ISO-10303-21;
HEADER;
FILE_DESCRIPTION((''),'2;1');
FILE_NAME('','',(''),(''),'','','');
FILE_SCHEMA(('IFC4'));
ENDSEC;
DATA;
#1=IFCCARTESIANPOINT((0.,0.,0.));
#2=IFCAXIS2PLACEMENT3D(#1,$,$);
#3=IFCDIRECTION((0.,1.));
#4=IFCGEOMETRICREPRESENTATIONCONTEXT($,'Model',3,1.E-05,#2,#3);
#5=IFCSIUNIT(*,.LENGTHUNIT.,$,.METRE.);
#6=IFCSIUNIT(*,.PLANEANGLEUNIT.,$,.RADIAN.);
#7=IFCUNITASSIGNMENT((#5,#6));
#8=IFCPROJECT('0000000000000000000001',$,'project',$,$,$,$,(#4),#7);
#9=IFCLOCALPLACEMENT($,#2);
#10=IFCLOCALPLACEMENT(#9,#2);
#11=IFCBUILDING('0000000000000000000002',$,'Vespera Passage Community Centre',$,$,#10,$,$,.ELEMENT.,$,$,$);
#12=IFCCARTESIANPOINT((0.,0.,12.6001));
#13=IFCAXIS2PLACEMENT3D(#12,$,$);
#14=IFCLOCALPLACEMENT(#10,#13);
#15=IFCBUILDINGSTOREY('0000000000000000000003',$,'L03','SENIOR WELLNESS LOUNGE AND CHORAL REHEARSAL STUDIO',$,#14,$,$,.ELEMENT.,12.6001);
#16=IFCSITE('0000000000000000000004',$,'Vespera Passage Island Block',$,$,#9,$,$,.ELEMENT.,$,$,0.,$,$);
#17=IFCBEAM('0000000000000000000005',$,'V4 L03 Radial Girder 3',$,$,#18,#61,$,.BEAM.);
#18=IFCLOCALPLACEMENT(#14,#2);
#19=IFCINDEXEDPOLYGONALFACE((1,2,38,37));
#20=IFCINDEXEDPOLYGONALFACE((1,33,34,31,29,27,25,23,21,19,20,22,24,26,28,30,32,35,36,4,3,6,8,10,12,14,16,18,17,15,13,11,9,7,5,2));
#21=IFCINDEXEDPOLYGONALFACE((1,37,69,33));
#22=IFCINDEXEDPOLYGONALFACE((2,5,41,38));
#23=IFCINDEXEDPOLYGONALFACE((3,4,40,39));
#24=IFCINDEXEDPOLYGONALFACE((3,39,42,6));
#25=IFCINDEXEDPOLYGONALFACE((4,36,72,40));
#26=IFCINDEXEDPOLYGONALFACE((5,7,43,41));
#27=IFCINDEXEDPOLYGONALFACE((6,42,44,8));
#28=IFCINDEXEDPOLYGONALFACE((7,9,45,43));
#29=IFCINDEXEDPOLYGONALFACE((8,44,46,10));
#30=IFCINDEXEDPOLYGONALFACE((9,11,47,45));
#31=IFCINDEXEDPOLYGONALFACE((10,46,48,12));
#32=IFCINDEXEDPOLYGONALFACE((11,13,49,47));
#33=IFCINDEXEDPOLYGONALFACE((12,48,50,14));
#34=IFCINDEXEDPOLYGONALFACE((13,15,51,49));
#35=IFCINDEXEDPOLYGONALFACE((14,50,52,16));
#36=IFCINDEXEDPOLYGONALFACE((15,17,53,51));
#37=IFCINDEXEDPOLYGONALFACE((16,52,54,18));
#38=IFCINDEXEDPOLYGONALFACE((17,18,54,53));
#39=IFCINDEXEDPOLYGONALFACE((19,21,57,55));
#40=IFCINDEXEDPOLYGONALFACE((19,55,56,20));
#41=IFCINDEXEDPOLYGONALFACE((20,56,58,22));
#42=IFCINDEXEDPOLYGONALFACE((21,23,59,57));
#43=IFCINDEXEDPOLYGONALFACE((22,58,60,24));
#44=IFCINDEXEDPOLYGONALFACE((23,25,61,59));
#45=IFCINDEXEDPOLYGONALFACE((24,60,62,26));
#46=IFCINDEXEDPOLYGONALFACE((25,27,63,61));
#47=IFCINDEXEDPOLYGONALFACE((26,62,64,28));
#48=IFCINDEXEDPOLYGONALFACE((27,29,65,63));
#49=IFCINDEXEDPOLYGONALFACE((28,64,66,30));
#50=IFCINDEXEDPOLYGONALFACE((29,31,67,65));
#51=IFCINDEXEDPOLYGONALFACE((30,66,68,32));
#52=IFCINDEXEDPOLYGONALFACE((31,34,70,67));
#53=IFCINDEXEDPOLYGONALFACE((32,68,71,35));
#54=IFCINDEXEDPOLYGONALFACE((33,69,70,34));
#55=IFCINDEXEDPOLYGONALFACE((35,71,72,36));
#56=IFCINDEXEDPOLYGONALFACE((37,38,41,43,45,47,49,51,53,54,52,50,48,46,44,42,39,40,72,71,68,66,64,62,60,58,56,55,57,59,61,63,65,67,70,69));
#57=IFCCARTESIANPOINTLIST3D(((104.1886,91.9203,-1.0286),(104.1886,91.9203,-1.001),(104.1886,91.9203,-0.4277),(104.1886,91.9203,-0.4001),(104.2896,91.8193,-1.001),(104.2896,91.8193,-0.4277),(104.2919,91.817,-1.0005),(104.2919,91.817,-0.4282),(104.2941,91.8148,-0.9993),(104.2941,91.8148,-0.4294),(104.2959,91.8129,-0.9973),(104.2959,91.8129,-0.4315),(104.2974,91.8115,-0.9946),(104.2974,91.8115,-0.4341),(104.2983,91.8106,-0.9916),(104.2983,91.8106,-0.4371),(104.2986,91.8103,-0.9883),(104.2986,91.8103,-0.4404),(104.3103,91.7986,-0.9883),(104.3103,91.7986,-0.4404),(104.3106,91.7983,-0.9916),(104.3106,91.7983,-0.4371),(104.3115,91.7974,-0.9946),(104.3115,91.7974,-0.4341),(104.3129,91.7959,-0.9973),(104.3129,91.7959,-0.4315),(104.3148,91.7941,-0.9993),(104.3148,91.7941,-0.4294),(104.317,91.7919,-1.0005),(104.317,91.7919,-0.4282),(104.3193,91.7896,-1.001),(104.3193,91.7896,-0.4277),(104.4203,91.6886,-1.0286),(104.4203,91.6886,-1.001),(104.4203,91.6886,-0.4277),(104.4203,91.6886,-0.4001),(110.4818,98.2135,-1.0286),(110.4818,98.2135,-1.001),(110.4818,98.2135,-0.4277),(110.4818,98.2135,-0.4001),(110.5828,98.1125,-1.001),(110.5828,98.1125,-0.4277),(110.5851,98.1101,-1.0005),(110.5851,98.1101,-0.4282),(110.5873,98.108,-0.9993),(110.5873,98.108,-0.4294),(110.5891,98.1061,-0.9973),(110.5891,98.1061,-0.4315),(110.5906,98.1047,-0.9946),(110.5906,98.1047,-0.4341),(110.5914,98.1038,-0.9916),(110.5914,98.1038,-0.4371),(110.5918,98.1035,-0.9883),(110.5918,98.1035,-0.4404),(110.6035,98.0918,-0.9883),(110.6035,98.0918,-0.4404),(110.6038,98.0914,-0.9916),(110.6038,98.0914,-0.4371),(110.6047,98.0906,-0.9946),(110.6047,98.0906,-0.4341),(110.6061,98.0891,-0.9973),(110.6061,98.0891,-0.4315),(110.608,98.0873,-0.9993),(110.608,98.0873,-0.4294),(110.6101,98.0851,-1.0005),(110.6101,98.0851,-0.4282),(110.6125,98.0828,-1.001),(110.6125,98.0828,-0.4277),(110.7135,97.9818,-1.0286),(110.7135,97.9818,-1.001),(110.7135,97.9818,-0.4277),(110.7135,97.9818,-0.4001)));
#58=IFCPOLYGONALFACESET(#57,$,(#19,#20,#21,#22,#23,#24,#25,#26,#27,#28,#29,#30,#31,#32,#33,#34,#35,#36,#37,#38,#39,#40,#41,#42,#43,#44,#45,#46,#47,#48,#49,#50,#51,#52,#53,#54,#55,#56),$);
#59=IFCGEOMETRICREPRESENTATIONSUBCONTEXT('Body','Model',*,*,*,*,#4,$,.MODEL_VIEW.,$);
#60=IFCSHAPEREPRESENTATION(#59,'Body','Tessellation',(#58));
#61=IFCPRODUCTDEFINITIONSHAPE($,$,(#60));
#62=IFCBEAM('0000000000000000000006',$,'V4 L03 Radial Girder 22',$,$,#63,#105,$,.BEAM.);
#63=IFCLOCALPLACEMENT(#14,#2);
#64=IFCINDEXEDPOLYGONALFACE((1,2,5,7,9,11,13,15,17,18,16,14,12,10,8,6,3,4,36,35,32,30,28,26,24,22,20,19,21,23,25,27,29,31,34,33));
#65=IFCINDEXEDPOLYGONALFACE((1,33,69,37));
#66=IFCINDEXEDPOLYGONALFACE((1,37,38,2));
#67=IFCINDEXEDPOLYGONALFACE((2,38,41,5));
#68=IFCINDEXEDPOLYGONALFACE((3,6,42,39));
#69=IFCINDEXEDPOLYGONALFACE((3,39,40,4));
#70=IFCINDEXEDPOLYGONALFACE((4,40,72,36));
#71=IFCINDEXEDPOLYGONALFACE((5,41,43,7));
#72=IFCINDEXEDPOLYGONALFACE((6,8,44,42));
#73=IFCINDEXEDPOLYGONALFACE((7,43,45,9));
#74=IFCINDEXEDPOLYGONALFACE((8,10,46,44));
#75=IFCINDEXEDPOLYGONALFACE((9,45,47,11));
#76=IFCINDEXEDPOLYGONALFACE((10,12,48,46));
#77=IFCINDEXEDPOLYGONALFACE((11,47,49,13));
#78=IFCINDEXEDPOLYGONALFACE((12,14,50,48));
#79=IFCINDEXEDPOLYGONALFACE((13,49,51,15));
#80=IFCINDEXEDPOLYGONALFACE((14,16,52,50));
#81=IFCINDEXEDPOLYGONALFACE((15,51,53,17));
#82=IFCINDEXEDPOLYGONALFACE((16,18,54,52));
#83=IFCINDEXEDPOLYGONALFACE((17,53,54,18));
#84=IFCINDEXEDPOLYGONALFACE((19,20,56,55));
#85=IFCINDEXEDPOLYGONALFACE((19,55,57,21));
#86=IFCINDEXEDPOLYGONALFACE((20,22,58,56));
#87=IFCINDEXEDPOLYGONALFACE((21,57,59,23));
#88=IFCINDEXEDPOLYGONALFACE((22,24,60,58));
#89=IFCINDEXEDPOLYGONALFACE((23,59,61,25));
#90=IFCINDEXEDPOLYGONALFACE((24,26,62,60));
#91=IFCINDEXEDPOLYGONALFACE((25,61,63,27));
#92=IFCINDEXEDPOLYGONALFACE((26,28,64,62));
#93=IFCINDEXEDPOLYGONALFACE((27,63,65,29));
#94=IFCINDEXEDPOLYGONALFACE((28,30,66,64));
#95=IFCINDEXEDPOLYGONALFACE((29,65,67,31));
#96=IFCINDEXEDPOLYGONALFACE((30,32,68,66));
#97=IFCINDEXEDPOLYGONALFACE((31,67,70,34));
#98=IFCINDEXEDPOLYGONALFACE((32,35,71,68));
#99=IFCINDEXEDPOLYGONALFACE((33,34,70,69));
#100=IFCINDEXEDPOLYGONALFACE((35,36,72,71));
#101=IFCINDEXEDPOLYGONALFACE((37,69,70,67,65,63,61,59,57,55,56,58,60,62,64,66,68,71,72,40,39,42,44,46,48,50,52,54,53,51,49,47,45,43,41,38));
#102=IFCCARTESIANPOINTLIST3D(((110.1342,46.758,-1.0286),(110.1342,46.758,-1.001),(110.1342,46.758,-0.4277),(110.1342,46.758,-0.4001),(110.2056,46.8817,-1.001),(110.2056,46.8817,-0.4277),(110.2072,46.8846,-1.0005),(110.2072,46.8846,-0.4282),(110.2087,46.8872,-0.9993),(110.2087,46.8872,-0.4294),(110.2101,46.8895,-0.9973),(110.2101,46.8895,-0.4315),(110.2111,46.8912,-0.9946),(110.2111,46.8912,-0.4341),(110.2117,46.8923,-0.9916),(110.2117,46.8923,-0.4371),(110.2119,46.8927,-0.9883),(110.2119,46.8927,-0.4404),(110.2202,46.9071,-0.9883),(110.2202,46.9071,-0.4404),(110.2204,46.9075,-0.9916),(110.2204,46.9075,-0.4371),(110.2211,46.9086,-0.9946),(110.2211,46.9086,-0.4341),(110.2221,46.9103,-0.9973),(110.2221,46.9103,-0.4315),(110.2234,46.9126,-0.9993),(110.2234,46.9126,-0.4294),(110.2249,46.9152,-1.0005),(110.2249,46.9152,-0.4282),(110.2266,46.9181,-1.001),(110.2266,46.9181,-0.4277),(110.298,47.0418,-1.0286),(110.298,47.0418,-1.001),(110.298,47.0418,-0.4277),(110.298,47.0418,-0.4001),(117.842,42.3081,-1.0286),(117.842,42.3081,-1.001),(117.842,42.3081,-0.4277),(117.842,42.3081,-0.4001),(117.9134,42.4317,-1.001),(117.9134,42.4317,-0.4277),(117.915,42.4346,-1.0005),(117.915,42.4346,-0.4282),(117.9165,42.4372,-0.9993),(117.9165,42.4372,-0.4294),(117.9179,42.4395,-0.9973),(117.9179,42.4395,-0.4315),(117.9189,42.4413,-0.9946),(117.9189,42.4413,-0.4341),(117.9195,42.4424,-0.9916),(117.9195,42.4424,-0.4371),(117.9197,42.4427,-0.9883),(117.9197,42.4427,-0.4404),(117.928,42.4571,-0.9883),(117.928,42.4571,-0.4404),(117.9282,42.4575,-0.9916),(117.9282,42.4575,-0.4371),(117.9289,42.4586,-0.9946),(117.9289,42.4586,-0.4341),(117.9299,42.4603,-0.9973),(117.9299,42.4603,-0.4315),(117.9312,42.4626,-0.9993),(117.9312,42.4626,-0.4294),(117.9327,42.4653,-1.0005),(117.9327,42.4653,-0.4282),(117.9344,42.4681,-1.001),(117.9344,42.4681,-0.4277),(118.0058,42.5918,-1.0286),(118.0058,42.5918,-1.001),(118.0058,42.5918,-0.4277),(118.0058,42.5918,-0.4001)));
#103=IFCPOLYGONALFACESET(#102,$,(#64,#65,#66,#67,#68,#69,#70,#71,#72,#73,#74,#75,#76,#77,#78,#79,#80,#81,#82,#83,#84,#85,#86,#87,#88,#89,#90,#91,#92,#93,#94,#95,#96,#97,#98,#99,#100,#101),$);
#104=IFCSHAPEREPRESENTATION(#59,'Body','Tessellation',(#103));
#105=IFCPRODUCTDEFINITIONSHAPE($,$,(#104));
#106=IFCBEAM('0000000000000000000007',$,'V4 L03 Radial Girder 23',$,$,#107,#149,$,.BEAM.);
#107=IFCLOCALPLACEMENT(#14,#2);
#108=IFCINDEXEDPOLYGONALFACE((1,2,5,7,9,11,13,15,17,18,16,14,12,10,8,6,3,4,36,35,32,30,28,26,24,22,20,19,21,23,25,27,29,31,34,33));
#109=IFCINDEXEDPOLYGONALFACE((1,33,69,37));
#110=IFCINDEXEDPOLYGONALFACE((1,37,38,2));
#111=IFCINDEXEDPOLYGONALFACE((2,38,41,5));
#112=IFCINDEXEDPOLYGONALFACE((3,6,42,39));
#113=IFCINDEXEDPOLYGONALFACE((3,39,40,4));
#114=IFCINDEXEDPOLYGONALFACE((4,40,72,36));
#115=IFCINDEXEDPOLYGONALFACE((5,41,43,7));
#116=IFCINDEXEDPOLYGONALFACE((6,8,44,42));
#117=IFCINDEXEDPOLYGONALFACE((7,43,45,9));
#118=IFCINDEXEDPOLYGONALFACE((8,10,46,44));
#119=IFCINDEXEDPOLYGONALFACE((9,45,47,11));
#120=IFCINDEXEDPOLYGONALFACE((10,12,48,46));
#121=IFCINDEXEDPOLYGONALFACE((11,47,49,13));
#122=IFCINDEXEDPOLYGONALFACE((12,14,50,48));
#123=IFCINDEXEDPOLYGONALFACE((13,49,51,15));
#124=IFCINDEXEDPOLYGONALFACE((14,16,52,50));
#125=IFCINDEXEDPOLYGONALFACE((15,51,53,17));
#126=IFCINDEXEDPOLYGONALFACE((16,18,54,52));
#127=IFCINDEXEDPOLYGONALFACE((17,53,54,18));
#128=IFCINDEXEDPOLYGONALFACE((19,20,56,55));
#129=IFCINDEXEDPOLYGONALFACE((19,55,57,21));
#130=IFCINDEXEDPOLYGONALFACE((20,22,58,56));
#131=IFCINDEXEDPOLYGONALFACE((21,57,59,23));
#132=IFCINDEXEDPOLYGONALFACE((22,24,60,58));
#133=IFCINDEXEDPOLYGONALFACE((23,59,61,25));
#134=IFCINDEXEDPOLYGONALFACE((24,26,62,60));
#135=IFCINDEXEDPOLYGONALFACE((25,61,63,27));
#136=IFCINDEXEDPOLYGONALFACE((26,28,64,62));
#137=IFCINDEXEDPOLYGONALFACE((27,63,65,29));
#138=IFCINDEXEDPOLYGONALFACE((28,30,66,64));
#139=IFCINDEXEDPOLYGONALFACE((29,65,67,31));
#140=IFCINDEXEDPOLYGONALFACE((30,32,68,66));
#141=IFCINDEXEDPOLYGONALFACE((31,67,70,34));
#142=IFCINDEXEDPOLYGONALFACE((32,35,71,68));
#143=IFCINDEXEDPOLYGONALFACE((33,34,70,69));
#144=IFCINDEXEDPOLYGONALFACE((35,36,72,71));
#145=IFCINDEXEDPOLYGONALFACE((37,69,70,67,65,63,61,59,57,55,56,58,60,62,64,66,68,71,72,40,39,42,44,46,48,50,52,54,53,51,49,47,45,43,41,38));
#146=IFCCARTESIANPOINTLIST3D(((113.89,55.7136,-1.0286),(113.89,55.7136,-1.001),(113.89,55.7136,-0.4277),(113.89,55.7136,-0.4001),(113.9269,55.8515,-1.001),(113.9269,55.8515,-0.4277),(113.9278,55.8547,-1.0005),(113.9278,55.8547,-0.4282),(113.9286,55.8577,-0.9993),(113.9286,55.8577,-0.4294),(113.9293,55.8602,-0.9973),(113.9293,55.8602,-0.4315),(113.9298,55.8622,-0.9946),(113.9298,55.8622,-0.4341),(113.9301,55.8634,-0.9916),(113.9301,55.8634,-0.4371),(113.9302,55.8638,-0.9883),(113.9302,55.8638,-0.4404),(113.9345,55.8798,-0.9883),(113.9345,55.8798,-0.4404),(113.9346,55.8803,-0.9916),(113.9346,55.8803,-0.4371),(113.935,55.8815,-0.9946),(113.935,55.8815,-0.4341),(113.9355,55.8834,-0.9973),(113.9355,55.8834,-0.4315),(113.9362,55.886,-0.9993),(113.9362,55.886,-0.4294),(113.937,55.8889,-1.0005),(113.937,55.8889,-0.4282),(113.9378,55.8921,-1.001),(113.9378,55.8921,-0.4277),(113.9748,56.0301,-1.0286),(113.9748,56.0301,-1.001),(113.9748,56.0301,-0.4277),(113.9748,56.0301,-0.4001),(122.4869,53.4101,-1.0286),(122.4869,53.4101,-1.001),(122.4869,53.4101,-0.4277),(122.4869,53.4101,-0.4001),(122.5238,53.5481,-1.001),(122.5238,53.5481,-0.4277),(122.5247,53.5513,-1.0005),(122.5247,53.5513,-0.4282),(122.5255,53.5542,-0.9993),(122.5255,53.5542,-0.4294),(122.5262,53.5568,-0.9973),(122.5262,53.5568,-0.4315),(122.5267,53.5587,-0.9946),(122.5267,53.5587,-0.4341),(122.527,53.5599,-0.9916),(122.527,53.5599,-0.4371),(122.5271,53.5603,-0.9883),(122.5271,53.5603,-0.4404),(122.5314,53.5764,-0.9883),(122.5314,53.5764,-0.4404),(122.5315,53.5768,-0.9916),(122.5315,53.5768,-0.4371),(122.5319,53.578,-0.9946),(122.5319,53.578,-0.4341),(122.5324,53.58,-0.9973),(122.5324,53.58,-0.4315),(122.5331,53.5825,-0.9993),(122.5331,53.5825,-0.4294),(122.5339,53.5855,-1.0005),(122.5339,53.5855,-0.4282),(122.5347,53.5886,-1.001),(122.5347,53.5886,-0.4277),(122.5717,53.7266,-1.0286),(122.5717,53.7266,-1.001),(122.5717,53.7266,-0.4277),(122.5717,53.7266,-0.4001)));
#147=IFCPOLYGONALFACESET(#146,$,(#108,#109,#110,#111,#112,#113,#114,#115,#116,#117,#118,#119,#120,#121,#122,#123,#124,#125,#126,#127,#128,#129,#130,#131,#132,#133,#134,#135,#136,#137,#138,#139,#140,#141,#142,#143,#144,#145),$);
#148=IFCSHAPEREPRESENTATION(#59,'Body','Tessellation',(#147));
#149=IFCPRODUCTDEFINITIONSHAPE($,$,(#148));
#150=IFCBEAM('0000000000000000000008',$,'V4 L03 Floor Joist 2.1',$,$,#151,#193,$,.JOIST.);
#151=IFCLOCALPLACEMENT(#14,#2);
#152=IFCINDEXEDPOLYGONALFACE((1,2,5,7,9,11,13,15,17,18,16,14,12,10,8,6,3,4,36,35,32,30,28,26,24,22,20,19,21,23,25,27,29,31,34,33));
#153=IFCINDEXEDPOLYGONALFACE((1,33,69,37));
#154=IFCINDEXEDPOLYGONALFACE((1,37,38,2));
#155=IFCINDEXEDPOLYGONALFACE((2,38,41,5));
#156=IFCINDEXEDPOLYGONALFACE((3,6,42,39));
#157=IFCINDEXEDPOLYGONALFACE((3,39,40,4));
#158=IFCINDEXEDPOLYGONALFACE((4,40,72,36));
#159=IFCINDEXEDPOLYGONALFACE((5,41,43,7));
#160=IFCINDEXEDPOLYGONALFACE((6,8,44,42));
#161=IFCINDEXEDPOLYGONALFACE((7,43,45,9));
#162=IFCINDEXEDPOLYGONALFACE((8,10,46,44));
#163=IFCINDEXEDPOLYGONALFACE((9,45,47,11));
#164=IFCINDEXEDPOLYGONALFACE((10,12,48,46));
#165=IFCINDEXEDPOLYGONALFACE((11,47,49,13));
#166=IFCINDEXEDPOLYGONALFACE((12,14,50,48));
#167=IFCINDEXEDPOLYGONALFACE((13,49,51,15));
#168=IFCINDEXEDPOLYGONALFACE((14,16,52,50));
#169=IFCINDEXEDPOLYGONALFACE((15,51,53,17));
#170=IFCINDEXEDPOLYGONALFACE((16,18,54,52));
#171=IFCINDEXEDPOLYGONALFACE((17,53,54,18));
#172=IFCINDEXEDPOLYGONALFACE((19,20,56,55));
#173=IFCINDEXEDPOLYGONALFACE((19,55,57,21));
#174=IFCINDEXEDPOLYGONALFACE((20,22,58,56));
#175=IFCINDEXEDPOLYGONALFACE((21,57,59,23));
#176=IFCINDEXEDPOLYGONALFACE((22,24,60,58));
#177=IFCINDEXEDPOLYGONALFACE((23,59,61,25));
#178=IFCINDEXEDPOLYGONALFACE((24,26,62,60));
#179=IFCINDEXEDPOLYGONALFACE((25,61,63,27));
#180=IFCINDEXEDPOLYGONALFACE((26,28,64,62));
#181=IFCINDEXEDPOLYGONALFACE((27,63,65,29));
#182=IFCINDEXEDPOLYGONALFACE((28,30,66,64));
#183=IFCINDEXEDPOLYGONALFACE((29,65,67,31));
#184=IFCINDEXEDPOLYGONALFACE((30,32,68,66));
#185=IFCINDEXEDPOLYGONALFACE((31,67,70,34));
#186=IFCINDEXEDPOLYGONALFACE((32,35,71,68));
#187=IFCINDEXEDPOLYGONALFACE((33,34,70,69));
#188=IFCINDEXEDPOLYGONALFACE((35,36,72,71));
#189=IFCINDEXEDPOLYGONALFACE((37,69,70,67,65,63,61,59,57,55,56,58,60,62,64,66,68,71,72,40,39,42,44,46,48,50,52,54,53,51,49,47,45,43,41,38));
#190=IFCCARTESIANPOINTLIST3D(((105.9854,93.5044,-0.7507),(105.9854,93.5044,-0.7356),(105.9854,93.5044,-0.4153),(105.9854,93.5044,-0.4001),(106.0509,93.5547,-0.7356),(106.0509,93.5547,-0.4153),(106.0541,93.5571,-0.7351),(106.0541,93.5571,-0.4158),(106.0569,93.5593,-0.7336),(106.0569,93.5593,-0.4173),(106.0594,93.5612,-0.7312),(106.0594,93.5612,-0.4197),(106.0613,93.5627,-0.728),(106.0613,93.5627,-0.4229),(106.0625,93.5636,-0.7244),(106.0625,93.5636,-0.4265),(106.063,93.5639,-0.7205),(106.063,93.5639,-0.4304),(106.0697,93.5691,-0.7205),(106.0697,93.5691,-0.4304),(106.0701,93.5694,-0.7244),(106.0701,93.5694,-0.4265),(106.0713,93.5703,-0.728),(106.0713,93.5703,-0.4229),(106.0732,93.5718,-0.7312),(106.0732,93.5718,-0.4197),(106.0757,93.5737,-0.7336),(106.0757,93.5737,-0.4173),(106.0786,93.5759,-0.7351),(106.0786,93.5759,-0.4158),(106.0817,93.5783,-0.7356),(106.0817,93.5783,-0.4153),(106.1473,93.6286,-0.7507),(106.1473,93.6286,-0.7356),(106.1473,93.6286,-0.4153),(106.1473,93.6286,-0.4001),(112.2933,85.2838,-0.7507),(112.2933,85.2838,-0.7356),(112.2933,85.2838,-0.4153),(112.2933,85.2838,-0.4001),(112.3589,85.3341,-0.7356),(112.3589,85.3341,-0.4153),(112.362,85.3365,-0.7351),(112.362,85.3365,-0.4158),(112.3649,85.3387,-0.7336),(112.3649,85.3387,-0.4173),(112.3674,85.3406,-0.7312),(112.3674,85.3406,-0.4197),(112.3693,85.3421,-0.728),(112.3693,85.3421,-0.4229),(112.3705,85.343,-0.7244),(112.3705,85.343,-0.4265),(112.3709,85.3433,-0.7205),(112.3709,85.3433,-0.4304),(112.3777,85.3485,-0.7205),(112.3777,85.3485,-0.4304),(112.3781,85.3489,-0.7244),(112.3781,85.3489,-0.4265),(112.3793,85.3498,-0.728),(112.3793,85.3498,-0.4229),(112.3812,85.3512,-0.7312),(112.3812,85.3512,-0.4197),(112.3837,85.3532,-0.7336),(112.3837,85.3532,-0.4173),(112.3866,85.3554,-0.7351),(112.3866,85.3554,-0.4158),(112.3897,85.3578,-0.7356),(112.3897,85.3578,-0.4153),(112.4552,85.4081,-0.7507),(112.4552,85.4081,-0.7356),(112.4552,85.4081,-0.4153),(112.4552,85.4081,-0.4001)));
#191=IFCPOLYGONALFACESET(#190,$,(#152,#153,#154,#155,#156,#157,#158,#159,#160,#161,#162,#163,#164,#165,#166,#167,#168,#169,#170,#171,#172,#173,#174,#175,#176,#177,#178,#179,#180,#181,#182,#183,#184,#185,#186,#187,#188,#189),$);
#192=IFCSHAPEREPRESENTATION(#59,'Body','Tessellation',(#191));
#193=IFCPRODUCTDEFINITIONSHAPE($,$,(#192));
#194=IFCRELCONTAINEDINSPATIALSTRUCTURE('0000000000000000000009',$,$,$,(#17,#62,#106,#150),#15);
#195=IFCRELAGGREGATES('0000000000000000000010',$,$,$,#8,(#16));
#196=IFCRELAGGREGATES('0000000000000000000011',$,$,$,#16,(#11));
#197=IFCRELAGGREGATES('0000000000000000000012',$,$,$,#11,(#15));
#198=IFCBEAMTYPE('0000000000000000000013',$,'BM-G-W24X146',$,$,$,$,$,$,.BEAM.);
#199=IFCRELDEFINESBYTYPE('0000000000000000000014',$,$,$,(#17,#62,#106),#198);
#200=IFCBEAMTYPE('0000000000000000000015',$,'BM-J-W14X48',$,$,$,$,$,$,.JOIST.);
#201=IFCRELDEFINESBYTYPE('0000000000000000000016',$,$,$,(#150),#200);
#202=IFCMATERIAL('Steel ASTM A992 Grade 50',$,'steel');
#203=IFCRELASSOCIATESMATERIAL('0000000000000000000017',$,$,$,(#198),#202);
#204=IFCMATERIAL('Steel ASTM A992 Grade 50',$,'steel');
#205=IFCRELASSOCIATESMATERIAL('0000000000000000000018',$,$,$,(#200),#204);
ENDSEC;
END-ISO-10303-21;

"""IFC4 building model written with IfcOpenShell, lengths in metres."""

from ifc_helpers import new_model, si_unit, direction, frame, origin, origin_2d, place, context, subcontext, project, spatial, i_section, extrude, material, material_profile, profile_set, type_object, element, save


model = new_model("IFC4")

# Units and contexts
model_context = context("Model", 3, precision=1e-05, world=origin(), true_north=direction((0.0, 1.0)))
body_context = subcontext(model_context, "Body", "Model", "MODEL_VIEW")
ifc_project = project(units=[si_unit("LENGTHUNIT", "METRE"), si_unit("PLANEANGLEUNIT", "RADIAN")], contexts=[model_context])

# Site, building, storey
site_placement = place(None, origin())
site = spatial("IfcSite", under=ifc_project, at=site_placement, Name="Vespera Passage Island Block", CompositionType="ELEMENT", RefElevation=0.0)
building_placement = place(site_placement, origin())
building = spatial("IfcBuilding", under=site, at=building_placement, Name="Vespera Passage Community Centre", CompositionType="ELEMENT")
storey_placement = place(building_placement, frame((0.0, 0.0, 12.6001)))
storey = spatial("IfcBuildingStorey", under=building, at=storey_placement, Name="L03", Description="SENIOR WELLNESS LOUNGE AND CHORAL REHEARSAL STUDIO", CompositionType="ELEMENT", Elevation=12.6001)

# Beams
ifc_material_1 = material(Name="Steel ASTM A992 Grade 50", Category="steel")
ifc_material_profile_1 = material_profile(ifc_material_1, i_section(OverallWidth=0.3276, OverallDepth=0.6284, WebThickness=0.0166, FlangeThickness=0.0276, FilletRadius=0.0127, at=origin_2d()), Name="W24X146")
ifc_profile_set_1 = profile_set([ifc_material_profile_1], Name="Steel ASTM A992 Grade 50")
beam_type_1 = type_object("IfcBeamType", Name="BM-G-W24X146", PredefinedType="BEAM", material=ifc_profile_set_1)
beam_1_placement = place(storey_placement, frame((104.3044, 91.8044, -0.7144), z_axis=(0.707107, 0.707107, 0.0), x_axis=(-0.707107, 0.707107, 0.0)))
element("IfcBeam", 1, at=beam_1_placement, inside=storey, type_object=beam_type_1, Name="V4 L03 Radial Girder 3", PredefinedType="BEAM", context=body_context, shape_type="SweptSolid", body=[
    extrude(i_section(OverallWidth=0.3276, OverallDepth=0.6284, WebThickness=0.0166, FlangeThickness=0.0276, FilletRadius=0.0127, at=origin_2d()), origin(), (0.0, 0.0, 1.0), 8.8999),
])
for number, where, z_axis, x_axis, name in (
    (2, (110.2161, 46.8999, -0.7144), (0.866032, -0.499989, 0.0), (0.499989, 0.866032, 0.0), "V4 L03 Radial Girder 22"),
    (3, (113.9324, 55.8718, -0.7144), (0.965928, -0.258811, 0.0), (0.258811, 0.965928, 0.0), "V4 L03 Radial Girder 23"),
):
    element("IfcBeam", number, at=place(storey_placement, frame(where, z_axis=z_axis, x_axis=x_axis)), inside=storey, type_object=beam_type_1, Name=name, PredefinedType="BEAM", context=body_context, shape_type="SweptSolid", body=[
        extrude(i_section(OverallWidth=0.3276, OverallDepth=0.6284, WebThickness=0.0166, FlangeThickness=0.0276, FilletRadius=0.0127, at=origin_2d()), origin(), (0.0, 0.0, 1.0), 8.9001),
    ])
ifc_material_2 = material(Name="Steel ASTM A992 Grade 50", Category="steel")
ifc_material_profile_2 = material_profile(ifc_material_2, i_section(OverallWidth=0.2041, OverallDepth=0.3506, WebThickness=0.0085, FlangeThickness=0.0151, FilletRadius=0.0151, at=origin_2d()), Name="W14X48")
ifc_profile_set_2 = profile_set([ifc_material_profile_2], Name="Steel ASTM A992 Grade 50")
beam_type_2 = type_object("IfcBeamType", Name="BM-J-W14X48", PredefinedType="JOIST", material=ifc_profile_set_2)
beam_2_placement = place(storey_placement, frame((112.3743, 85.3459, -0.5754), z_axis=(-0.608766, 0.79335, 0.0), x_axis=(-0.79335, -0.608766, 0.0)))
element("IfcBeam", 4, at=beam_2_placement, inside=storey, type_object=beam_type_2, Name="V4 L03 Floor Joist 2.1", PredefinedType="JOIST", context=body_context, shape_type="SweptSolid", body=[
    extrude(i_section(OverallWidth=0.2041, OverallDepth=0.3506, WebThickness=0.0085, FlangeThickness=0.0151, FilletRadius=0.0151, at=origin_2d()), origin(), (0.0, 0.0, 1.0), 10.3618),
])

save(model, "model.ifc")
